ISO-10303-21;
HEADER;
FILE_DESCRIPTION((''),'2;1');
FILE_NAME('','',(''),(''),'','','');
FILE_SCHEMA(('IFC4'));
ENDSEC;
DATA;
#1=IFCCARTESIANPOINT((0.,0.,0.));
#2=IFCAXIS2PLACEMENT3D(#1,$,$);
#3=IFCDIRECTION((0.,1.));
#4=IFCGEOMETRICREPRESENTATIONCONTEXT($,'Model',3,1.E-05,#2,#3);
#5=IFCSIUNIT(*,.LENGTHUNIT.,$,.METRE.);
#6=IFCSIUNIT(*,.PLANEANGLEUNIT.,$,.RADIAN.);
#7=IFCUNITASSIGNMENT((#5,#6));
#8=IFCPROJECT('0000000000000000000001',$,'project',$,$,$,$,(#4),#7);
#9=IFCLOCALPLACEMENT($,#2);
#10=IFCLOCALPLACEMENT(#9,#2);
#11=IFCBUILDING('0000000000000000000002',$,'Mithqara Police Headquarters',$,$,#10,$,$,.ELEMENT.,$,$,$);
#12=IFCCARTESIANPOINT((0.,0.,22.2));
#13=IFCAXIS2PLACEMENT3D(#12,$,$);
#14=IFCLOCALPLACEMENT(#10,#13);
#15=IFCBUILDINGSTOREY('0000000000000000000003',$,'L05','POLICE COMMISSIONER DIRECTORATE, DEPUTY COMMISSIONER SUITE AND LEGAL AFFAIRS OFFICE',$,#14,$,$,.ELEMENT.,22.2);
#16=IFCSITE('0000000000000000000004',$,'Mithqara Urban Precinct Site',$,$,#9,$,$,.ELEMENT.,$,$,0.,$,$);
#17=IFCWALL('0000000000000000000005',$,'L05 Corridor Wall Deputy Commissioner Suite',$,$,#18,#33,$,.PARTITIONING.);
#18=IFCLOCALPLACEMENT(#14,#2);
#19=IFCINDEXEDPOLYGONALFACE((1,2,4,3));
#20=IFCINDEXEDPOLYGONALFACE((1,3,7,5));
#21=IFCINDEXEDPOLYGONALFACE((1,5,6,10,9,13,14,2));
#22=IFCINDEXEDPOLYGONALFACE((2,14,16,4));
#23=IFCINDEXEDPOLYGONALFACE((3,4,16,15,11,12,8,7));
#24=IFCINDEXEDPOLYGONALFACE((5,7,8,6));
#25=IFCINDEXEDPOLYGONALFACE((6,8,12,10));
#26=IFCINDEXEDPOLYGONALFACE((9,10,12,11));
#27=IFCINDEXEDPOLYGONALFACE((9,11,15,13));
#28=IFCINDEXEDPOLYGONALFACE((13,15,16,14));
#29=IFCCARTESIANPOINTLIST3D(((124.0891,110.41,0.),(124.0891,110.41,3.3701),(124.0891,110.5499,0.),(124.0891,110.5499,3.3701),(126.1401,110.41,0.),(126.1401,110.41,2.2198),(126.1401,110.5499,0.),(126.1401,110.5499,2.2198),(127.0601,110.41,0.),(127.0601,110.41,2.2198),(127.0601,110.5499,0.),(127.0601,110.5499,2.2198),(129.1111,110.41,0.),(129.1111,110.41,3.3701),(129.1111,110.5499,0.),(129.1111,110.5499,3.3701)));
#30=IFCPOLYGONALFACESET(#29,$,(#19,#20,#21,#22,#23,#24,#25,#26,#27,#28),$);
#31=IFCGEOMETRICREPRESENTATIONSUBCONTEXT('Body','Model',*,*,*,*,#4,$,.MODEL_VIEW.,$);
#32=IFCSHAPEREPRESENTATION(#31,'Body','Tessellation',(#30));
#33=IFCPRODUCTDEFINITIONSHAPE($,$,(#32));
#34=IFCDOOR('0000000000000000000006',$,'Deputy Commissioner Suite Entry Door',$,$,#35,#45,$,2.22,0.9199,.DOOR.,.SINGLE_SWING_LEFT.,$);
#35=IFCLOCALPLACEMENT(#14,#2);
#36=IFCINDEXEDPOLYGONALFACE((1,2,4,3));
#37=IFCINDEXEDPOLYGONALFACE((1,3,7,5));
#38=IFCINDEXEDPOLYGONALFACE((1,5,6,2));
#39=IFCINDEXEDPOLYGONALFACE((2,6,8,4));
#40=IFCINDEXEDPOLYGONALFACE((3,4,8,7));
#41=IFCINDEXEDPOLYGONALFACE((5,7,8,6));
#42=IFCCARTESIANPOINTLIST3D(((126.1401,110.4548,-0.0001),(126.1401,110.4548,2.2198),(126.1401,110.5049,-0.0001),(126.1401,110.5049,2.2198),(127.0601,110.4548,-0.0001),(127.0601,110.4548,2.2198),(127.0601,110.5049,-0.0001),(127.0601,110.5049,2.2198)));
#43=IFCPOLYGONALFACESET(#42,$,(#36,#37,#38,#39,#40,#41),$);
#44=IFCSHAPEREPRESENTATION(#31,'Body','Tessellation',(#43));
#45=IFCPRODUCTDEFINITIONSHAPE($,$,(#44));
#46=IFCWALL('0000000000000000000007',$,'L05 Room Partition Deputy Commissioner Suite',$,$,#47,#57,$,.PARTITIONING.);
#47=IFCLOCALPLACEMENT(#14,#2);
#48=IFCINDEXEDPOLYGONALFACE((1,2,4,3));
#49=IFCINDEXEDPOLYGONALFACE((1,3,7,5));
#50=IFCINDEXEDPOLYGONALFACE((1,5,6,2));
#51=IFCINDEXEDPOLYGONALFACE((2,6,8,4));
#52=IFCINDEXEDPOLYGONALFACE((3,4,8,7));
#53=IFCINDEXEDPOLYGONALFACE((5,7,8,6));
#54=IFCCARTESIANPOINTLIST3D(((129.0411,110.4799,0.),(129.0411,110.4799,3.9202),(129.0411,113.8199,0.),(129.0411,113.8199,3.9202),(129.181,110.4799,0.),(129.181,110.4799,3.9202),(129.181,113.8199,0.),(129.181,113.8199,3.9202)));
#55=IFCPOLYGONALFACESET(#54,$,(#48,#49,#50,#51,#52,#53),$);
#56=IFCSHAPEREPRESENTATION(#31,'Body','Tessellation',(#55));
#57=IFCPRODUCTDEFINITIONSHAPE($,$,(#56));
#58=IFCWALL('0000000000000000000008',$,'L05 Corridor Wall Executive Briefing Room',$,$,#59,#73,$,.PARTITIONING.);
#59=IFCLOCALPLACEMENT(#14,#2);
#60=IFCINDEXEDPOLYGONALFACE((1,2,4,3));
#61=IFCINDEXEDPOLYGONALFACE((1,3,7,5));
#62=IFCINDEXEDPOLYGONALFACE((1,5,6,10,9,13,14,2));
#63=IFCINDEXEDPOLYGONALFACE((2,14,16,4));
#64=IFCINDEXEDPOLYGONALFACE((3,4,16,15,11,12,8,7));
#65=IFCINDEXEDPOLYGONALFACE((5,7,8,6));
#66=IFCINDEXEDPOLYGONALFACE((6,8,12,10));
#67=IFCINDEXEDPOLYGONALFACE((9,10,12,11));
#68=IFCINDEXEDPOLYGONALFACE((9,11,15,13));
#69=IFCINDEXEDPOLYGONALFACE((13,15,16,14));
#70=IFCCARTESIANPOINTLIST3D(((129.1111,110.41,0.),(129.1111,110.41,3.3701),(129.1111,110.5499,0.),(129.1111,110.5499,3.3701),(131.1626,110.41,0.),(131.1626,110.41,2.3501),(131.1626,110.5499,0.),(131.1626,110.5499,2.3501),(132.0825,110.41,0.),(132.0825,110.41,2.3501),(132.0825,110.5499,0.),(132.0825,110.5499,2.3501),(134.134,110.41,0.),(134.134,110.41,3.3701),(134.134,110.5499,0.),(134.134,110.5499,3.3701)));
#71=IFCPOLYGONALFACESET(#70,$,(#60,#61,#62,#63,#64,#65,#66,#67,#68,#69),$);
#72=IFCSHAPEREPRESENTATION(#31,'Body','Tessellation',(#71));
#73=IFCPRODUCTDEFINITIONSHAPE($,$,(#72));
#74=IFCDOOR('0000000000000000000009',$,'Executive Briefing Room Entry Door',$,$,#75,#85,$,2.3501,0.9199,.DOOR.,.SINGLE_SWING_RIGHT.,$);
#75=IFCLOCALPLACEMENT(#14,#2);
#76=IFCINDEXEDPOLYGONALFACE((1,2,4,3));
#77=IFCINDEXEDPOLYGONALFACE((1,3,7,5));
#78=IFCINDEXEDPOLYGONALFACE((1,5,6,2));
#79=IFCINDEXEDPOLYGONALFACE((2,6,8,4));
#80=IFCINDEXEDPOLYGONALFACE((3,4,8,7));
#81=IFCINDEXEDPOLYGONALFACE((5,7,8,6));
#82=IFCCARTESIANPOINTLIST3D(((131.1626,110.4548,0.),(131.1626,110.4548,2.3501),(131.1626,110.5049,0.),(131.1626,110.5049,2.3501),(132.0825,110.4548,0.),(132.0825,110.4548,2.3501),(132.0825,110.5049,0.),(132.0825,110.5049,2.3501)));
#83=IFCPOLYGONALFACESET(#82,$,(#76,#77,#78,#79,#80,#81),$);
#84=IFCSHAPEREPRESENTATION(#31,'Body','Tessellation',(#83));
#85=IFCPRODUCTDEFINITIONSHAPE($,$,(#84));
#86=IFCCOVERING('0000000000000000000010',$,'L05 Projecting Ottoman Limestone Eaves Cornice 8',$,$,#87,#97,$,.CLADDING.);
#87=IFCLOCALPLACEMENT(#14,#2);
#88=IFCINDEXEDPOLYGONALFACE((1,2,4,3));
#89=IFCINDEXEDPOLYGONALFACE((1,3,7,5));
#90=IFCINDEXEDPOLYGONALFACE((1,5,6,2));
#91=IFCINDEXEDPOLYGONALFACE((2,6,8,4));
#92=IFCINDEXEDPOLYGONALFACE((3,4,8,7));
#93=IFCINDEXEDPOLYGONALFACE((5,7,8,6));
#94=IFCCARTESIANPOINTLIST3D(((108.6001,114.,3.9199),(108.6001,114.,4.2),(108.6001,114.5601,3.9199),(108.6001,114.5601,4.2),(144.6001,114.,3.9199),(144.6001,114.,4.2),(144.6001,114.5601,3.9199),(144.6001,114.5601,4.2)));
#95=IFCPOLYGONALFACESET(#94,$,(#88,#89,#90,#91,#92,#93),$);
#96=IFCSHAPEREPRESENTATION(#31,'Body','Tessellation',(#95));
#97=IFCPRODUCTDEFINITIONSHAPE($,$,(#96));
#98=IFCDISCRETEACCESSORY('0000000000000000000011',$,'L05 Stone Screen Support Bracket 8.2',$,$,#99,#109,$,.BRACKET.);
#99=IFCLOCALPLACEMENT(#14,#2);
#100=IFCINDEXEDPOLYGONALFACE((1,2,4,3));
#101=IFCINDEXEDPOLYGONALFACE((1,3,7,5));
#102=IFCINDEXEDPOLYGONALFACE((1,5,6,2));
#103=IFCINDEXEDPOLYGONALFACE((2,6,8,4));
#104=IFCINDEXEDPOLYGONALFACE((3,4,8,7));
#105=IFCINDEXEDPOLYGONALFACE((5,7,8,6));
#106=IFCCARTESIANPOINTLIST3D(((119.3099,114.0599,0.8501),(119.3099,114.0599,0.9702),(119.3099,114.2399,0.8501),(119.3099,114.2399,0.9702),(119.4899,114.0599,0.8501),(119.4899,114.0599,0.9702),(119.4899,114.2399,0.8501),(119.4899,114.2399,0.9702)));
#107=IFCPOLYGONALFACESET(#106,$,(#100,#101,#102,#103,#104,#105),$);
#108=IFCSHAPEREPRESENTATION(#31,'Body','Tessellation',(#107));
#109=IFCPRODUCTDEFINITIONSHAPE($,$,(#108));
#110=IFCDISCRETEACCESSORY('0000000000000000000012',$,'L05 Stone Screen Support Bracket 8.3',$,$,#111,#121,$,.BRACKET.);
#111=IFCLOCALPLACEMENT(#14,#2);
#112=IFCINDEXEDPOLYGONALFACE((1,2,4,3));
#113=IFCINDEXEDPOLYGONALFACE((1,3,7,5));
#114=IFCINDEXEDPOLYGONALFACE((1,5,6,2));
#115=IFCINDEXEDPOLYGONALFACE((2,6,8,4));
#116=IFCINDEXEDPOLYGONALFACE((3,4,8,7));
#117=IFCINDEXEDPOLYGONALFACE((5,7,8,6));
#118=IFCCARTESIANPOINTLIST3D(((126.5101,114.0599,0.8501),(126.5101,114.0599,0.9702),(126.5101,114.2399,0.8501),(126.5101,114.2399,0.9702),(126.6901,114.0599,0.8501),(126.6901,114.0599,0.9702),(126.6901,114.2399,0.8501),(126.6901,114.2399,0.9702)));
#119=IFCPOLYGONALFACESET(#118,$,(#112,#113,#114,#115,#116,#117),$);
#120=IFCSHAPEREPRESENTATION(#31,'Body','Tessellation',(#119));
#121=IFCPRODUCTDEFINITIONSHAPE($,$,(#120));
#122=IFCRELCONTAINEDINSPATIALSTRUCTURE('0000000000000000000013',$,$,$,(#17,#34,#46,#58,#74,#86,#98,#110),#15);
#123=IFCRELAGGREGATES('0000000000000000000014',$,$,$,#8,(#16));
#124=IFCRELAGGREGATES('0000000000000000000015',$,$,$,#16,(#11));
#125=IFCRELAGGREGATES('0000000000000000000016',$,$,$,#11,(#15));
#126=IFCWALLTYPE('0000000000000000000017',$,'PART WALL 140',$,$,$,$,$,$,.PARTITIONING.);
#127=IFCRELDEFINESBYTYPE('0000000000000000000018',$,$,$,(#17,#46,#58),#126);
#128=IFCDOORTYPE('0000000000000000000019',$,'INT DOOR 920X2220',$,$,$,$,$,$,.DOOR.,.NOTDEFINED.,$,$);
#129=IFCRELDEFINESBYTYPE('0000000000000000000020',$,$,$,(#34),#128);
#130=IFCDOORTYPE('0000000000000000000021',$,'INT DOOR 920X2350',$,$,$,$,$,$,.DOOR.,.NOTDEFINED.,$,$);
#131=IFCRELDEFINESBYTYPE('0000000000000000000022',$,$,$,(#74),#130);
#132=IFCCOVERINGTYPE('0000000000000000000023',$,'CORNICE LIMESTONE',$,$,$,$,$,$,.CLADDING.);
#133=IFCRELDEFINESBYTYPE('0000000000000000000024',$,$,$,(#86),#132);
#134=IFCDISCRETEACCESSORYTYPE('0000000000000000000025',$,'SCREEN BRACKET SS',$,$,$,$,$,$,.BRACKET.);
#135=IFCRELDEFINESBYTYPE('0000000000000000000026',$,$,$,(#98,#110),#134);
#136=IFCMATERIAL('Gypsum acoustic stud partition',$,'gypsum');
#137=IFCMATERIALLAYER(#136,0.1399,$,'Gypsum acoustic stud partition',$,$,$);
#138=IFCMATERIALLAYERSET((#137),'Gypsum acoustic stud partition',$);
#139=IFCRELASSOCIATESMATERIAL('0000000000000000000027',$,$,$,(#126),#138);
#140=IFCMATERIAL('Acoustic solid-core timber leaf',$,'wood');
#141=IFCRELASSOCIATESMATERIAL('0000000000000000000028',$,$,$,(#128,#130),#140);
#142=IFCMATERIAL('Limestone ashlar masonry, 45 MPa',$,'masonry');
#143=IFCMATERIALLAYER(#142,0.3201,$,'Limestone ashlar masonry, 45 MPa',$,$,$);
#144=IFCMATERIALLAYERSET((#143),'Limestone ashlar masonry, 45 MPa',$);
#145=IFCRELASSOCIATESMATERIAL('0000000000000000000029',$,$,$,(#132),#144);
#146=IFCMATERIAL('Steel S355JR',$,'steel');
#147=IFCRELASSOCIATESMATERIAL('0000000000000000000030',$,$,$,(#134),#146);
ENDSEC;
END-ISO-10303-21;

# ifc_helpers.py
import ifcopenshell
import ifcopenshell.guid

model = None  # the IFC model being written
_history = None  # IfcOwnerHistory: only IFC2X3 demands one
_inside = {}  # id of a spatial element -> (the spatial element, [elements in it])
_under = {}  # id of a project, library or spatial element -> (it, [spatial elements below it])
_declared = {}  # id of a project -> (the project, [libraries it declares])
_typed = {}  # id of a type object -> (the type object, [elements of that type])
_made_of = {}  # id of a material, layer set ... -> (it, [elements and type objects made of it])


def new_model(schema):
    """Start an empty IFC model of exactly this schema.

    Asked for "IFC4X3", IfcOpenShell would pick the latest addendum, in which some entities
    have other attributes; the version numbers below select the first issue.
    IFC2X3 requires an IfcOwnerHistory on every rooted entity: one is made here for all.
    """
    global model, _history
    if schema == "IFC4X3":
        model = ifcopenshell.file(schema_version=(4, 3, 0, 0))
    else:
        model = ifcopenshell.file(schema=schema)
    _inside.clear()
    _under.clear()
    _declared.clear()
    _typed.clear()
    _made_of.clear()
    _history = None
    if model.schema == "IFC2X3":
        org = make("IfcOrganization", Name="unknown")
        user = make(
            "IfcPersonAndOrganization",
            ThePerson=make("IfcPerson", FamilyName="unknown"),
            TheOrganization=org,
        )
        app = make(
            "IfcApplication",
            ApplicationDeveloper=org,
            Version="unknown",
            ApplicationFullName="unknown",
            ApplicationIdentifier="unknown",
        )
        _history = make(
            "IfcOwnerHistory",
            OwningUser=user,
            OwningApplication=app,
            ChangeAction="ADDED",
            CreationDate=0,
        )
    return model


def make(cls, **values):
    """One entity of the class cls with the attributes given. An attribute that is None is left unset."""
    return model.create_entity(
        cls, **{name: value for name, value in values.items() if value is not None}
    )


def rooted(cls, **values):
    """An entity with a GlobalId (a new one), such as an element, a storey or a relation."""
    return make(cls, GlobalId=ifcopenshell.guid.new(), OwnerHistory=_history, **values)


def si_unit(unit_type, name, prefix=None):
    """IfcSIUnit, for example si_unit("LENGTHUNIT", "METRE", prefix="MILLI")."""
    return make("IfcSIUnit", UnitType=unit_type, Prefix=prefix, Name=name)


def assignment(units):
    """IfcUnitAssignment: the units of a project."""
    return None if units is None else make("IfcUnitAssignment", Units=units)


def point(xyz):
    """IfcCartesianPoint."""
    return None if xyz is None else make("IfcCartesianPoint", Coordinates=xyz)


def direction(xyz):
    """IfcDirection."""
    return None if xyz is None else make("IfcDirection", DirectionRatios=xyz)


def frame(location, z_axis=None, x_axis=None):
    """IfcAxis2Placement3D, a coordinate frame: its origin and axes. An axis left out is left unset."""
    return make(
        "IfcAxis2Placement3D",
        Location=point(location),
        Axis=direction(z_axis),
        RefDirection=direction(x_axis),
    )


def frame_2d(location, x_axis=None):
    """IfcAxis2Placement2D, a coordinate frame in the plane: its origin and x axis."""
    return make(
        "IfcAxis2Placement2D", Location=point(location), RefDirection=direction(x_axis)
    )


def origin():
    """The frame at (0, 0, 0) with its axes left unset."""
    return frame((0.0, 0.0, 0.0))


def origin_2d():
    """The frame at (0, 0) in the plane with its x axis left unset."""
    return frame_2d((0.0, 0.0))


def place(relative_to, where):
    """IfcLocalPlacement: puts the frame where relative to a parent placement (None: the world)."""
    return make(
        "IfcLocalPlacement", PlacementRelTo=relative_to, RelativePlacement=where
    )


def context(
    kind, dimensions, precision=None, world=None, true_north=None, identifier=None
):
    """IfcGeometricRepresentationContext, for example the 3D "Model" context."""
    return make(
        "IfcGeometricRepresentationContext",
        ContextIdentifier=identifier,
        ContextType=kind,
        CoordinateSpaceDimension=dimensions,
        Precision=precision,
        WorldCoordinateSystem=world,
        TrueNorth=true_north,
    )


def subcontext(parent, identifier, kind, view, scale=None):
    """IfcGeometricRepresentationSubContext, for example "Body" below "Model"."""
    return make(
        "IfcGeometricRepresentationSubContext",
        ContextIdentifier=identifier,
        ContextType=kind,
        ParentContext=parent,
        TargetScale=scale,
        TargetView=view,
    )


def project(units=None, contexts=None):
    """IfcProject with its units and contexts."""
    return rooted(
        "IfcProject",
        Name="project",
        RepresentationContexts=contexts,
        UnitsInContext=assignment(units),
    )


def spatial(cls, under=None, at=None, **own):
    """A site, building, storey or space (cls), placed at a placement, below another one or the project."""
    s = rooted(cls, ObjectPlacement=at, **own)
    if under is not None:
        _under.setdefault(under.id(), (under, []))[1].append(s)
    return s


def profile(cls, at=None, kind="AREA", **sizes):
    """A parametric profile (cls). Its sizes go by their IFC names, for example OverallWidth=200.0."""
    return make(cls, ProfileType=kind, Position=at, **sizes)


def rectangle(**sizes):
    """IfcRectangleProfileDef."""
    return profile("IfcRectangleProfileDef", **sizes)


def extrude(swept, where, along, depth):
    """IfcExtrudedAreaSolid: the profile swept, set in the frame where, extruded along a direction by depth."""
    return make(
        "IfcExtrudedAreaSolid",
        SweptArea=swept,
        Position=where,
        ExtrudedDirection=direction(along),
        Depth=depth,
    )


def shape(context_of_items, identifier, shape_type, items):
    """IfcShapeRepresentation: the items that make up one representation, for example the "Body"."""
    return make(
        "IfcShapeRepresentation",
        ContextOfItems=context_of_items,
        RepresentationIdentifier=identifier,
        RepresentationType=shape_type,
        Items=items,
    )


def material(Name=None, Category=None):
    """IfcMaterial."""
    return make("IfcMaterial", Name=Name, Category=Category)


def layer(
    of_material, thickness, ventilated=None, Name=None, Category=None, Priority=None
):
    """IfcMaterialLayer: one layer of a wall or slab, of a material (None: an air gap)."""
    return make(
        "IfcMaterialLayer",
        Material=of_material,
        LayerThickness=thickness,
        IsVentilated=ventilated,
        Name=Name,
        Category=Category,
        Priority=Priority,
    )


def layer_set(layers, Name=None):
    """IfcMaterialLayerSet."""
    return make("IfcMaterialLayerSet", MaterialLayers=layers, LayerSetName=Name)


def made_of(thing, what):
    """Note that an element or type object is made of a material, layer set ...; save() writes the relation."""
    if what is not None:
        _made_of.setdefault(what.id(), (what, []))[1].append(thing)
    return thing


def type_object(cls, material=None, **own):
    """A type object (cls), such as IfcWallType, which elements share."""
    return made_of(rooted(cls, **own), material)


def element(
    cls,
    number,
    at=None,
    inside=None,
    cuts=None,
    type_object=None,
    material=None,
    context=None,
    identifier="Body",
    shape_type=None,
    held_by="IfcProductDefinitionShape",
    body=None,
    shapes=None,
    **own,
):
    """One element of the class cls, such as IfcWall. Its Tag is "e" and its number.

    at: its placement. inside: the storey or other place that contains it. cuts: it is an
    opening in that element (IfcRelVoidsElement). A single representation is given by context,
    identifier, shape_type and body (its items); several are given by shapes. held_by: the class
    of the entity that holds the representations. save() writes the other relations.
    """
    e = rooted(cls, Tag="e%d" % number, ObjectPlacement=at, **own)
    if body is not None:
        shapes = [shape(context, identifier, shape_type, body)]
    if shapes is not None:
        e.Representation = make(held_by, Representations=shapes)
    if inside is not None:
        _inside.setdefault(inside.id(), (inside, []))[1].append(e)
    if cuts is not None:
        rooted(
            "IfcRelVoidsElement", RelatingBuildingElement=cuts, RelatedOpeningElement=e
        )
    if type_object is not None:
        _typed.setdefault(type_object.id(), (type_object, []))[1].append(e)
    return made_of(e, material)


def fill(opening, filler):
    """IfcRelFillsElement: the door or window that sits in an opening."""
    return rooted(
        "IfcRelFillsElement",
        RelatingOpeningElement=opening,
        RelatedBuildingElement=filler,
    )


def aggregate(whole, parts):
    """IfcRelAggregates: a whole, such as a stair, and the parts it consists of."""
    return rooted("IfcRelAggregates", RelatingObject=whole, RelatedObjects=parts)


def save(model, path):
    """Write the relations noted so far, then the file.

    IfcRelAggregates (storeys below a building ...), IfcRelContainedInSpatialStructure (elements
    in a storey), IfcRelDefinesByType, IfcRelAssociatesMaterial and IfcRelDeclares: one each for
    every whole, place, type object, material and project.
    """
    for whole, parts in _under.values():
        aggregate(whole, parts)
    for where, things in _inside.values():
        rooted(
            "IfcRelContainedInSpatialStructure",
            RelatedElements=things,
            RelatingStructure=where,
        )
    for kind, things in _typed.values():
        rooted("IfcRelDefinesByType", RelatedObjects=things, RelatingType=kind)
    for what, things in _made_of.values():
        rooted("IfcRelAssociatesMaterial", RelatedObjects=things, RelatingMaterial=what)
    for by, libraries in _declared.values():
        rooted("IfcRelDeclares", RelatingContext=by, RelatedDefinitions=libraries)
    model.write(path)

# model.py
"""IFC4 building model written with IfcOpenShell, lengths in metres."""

from ifc_helpers import new_model, si_unit, direction, frame, frame_2d, origin, origin_2d, place, context, subcontext, project, spatial, rectangle, extrude, material, layer, layer_set, type_object, element, fill, save


model = new_model("IFC4")

# Units and contexts
model_context = context("Model", 3, precision=1e-05, world=origin(), true_north=direction((0.0, 1.0)))
body_context = subcontext(model_context, "Body", "Model", "MODEL_VIEW")
ifc_project = project(units=[si_unit("LENGTHUNIT", "METRE"), si_unit("PLANEANGLEUNIT", "RADIAN")], contexts=[model_context])

# Site, building, storey
site_placement = place(None, origin())
site = spatial("IfcSite", under=ifc_project, at=site_placement, Name="Mithqara Urban Precinct Site", CompositionType="ELEMENT", RefElevation=0.0)
building_placement = place(site_placement, origin())
building = spatial("IfcBuilding", under=site, at=building_placement, Name="Mithqara Police Headquarters", CompositionType="ELEMENT")
storey_placement = place(building_placement, frame((0.0, 0.0, 22.2)))
storey = spatial("IfcBuildingStorey", under=building, at=storey_placement, Name="L05", Description="POLICE COMMISSIONER DIRECTORATE, DEPUTY COMMISSIONER SUITE AND LEGAL AFFAIRS OFFICE", CompositionType="ELEMENT", Elevation=22.2)

# Shared definitions
ifc_material_1 = material(Name="Steel S355JR", Category="steel")

# Shared definitions
ifc_material_2 = material(Name="Limestone ashlar masonry, 45 MPa", Category="masonry")

# Shared definitions
ifc_material_3 = material(Name="Gypsum acoustic stud partition", Category="gypsum")
ifc_layer_1 = layer(ifc_material_3, 0.1399, Name="Gypsum acoustic stud partition")
ifc_layer_set_1 = layer_set([ifc_layer_1], Name="Gypsum acoustic stud partition")
wall_type = type_object("IfcWallType", Name="PART WALL 140", PredefinedType="PARTITIONING", material=ifc_layer_set_1)
ifc_material_4 = material(Name="Acoustic solid-core timber leaf", Category="wood")

# Wall, opening, door
wall_1_placement = place(storey_placement, frame((124.0891, 110.48, 0.0), z_axis=(0.0, 0.0, 1.0), x_axis=(1.0, 0.0, 0.0)))
wall_1 = element("IfcWall", 1, at=wall_1_placement, inside=storey, type_object=wall_type, Name="L05 Corridor Wall Deputy Commissioner Suite", PredefinedType="PARTITIONING", context=body_context, shape_type="SweptSolid", body=[
    extrude(rectangle(XDim=5.022, YDim=0.1399, at=frame_2d((2.511, 0.0))), origin(), (0.0, 0.0, 1.0), 3.3701),
])
opening_1_placement = place(wall_1_placement, frame((2.051, 0.0, 0.0)))
opening_1 = element("IfcOpeningElement", 2, at=opening_1_placement, cuts=wall_1, PredefinedType="OPENING", context=body_context, shape_type="SweptSolid", body=[
    extrude(rectangle(XDim=0.9199, YDim=2.22, at=frame_2d((0.46, 1.1099))), frame((0.0, 0.0801, 0.0), z_axis=(0.0, -1.0, 0.0), x_axis=(1.0, 0.0, 0.0)), (0.0, 0.0, 1.0), 0.1599),
])
door_type_1 = type_object("IfcDoorType", Name="INT DOOR 920X2220", OperationType="NOTDEFINED", PredefinedType="DOOR", material=ifc_material_4)
door_1_placement = place(opening_1_placement, origin())
door_1 = element("IfcDoor", 3, at=door_1_placement, inside=storey, type_object=door_type_1, Name="Deputy Commissioner Suite Entry Door", OperationType="SINGLE_SWING_LEFT", OverallHeight=2.22, OverallWidth=0.9199, PredefinedType="DOOR", context=body_context, shape_type="SweptSolid", body=[
    extrude(rectangle(XDim=0.9199, YDim=2.22, at=frame_2d((0.46, 1.1099))), frame((0.0, 0.0249, 0.0), z_axis=(0.0, -1.0, 0.0), x_axis=(1.0, 0.0, 0.0)), (0.0, 0.0, 1.0), 0.05),
])
fill(opening_1, door_1)

# Wall
wall_2_placement = place(storey_placement, frame((129.1111, 110.48, 0.0), z_axis=(0.0, 0.0, 1.0), x_axis=(0.0, 1.0, 0.0)))
element("IfcWall", 4, at=wall_2_placement, inside=storey, type_object=wall_type, Name="L05 Room Partition Deputy Commissioner Suite", PredefinedType="PARTITIONING", context=body_context, shape_type="SweptSolid", body=[
    extrude(rectangle(XDim=3.3401, YDim=0.1399, at=frame_2d((1.6699, 0.0))), origin(), (0.0, 0.0, 1.0), 3.9202),
])

# Wall, opening, door
wall_3_placement = place(storey_placement, frame((129.1111, 110.48, 0.0), z_axis=(0.0, 0.0, 1.0), x_axis=(1.0, 0.0, 0.0)))
wall_3 = element("IfcWall", 5, at=wall_3_placement, inside=storey, type_object=wall_type, Name="L05 Corridor Wall Executive Briefing Room", PredefinedType="PARTITIONING", context=body_context, shape_type="SweptSolid", body=[
    extrude(rectangle(XDim=5.0229, YDim=0.1399, at=frame_2d((2.5115, 0.0))), origin(), (0.0, 0.0, 1.0), 3.3701),
])
opening_2_placement = place(wall_3_placement, frame((2.0515, 0.0, 0.0)))
opening_2 = element("IfcOpeningElement", 6, at=opening_2_placement, cuts=wall_3, PredefinedType="OPENING", context=body_context, shape_type="SweptSolid", body=[
    extrude(rectangle(XDim=0.9199, YDim=2.3501, at=frame_2d((0.46, 1.175))), frame((0.0, 0.0801, 0.0), z_axis=(0.0, -1.0, 0.0), x_axis=(1.0, 0.0, 0.0)), (0.0, 0.0, 1.0), 0.1599),
])
door_type_2 = type_object("IfcDoorType", Name="INT DOOR 920X2350", OperationType="NOTDEFINED", PredefinedType="DOOR", material=ifc_material_4)
door_2_placement = place(opening_2_placement, origin())
door_2 = element("IfcDoor", 7, at=door_2_placement, inside=storey, type_object=door_type_2, Name="Executive Briefing Room Entry Door", OperationType="SINGLE_SWING_RIGHT", OverallHeight=2.3501, OverallWidth=0.9199, PredefinedType="DOOR", context=body_context, shape_type="SweptSolid", body=[
    extrude(rectangle(XDim=0.9199, YDim=2.3501, at=frame_2d((0.46, 1.175))), frame((0.0, 0.0249, 0.0), z_axis=(0.0, -1.0, 0.0), x_axis=(1.0, 0.0, 0.0)), (0.0, 0.0, 1.0), 0.05),
])
fill(opening_2, door_2)

# Covering
ifc_layer_2 = layer(ifc_material_2, 0.3201, Name="Limestone ashlar masonry, 45 MPa")
ifc_layer_set_2 = layer_set([ifc_layer_2], Name="Limestone ashlar masonry, 45 MPa")
covering_type = type_object("IfcCoveringType", Name="CORNICE LIMESTONE", PredefinedType="CLADDING", material=ifc_layer_set_2)
covering_placement = place(storey_placement, frame((126.6001, 114.28, 3.9199), z_axis=(0.0, 0.0, 1.0), x_axis=(1.0, 0.0, 0.0)))
element("IfcCovering", 8, at=covering_placement, inside=storey, type_object=covering_type, Name="L05 Projecting Ottoman Limestone Eaves Cornice 8", PredefinedType="CLADDING", context=body_context, shape_type="SweptSolid", body=[
    extrude(rectangle(XDim=36.0, YDim=0.5601, at=origin_2d()), origin(), (0.0, 0.0, 1.0), 0.28),
])

# Discrete accessories
discrete_accessory_type = type_object("IfcDiscreteAccessoryType", Name="SCREEN BRACKET SS", PredefinedType="BRACKET", material=ifc_material_1)
for number, where, z_axis, x_axis, name in (
    (9, (119.3999, 114.1499, 0.8501), (0.0, 0.0, 1.0), (1.0, 0.0, 0.0), "L05 Stone Screen Support Bracket 8.2"),
    (10, (126.6001, 114.1499, 0.8501), (0.0, 0.0, 1.0), (1.0, 0.0, 0.0), "L05 Stone Screen Support Bracket 8.3"),
):
    element("IfcDiscreteAccessory", number, at=place(storey_placement, frame(where, z_axis=z_axis, x_axis=x_axis)), inside=storey, type_object=discrete_accessory_type, Name=name, PredefinedType="BRACKET", context=body_context, shape_type="SweptSolid", body=[
        extrude(rectangle(XDim=0.1799, YDim=0.1799, at=origin_2d()), origin(), (0.0, 0.0, 1.0), 0.1201),
    ])

save(model, "model.ifc")
